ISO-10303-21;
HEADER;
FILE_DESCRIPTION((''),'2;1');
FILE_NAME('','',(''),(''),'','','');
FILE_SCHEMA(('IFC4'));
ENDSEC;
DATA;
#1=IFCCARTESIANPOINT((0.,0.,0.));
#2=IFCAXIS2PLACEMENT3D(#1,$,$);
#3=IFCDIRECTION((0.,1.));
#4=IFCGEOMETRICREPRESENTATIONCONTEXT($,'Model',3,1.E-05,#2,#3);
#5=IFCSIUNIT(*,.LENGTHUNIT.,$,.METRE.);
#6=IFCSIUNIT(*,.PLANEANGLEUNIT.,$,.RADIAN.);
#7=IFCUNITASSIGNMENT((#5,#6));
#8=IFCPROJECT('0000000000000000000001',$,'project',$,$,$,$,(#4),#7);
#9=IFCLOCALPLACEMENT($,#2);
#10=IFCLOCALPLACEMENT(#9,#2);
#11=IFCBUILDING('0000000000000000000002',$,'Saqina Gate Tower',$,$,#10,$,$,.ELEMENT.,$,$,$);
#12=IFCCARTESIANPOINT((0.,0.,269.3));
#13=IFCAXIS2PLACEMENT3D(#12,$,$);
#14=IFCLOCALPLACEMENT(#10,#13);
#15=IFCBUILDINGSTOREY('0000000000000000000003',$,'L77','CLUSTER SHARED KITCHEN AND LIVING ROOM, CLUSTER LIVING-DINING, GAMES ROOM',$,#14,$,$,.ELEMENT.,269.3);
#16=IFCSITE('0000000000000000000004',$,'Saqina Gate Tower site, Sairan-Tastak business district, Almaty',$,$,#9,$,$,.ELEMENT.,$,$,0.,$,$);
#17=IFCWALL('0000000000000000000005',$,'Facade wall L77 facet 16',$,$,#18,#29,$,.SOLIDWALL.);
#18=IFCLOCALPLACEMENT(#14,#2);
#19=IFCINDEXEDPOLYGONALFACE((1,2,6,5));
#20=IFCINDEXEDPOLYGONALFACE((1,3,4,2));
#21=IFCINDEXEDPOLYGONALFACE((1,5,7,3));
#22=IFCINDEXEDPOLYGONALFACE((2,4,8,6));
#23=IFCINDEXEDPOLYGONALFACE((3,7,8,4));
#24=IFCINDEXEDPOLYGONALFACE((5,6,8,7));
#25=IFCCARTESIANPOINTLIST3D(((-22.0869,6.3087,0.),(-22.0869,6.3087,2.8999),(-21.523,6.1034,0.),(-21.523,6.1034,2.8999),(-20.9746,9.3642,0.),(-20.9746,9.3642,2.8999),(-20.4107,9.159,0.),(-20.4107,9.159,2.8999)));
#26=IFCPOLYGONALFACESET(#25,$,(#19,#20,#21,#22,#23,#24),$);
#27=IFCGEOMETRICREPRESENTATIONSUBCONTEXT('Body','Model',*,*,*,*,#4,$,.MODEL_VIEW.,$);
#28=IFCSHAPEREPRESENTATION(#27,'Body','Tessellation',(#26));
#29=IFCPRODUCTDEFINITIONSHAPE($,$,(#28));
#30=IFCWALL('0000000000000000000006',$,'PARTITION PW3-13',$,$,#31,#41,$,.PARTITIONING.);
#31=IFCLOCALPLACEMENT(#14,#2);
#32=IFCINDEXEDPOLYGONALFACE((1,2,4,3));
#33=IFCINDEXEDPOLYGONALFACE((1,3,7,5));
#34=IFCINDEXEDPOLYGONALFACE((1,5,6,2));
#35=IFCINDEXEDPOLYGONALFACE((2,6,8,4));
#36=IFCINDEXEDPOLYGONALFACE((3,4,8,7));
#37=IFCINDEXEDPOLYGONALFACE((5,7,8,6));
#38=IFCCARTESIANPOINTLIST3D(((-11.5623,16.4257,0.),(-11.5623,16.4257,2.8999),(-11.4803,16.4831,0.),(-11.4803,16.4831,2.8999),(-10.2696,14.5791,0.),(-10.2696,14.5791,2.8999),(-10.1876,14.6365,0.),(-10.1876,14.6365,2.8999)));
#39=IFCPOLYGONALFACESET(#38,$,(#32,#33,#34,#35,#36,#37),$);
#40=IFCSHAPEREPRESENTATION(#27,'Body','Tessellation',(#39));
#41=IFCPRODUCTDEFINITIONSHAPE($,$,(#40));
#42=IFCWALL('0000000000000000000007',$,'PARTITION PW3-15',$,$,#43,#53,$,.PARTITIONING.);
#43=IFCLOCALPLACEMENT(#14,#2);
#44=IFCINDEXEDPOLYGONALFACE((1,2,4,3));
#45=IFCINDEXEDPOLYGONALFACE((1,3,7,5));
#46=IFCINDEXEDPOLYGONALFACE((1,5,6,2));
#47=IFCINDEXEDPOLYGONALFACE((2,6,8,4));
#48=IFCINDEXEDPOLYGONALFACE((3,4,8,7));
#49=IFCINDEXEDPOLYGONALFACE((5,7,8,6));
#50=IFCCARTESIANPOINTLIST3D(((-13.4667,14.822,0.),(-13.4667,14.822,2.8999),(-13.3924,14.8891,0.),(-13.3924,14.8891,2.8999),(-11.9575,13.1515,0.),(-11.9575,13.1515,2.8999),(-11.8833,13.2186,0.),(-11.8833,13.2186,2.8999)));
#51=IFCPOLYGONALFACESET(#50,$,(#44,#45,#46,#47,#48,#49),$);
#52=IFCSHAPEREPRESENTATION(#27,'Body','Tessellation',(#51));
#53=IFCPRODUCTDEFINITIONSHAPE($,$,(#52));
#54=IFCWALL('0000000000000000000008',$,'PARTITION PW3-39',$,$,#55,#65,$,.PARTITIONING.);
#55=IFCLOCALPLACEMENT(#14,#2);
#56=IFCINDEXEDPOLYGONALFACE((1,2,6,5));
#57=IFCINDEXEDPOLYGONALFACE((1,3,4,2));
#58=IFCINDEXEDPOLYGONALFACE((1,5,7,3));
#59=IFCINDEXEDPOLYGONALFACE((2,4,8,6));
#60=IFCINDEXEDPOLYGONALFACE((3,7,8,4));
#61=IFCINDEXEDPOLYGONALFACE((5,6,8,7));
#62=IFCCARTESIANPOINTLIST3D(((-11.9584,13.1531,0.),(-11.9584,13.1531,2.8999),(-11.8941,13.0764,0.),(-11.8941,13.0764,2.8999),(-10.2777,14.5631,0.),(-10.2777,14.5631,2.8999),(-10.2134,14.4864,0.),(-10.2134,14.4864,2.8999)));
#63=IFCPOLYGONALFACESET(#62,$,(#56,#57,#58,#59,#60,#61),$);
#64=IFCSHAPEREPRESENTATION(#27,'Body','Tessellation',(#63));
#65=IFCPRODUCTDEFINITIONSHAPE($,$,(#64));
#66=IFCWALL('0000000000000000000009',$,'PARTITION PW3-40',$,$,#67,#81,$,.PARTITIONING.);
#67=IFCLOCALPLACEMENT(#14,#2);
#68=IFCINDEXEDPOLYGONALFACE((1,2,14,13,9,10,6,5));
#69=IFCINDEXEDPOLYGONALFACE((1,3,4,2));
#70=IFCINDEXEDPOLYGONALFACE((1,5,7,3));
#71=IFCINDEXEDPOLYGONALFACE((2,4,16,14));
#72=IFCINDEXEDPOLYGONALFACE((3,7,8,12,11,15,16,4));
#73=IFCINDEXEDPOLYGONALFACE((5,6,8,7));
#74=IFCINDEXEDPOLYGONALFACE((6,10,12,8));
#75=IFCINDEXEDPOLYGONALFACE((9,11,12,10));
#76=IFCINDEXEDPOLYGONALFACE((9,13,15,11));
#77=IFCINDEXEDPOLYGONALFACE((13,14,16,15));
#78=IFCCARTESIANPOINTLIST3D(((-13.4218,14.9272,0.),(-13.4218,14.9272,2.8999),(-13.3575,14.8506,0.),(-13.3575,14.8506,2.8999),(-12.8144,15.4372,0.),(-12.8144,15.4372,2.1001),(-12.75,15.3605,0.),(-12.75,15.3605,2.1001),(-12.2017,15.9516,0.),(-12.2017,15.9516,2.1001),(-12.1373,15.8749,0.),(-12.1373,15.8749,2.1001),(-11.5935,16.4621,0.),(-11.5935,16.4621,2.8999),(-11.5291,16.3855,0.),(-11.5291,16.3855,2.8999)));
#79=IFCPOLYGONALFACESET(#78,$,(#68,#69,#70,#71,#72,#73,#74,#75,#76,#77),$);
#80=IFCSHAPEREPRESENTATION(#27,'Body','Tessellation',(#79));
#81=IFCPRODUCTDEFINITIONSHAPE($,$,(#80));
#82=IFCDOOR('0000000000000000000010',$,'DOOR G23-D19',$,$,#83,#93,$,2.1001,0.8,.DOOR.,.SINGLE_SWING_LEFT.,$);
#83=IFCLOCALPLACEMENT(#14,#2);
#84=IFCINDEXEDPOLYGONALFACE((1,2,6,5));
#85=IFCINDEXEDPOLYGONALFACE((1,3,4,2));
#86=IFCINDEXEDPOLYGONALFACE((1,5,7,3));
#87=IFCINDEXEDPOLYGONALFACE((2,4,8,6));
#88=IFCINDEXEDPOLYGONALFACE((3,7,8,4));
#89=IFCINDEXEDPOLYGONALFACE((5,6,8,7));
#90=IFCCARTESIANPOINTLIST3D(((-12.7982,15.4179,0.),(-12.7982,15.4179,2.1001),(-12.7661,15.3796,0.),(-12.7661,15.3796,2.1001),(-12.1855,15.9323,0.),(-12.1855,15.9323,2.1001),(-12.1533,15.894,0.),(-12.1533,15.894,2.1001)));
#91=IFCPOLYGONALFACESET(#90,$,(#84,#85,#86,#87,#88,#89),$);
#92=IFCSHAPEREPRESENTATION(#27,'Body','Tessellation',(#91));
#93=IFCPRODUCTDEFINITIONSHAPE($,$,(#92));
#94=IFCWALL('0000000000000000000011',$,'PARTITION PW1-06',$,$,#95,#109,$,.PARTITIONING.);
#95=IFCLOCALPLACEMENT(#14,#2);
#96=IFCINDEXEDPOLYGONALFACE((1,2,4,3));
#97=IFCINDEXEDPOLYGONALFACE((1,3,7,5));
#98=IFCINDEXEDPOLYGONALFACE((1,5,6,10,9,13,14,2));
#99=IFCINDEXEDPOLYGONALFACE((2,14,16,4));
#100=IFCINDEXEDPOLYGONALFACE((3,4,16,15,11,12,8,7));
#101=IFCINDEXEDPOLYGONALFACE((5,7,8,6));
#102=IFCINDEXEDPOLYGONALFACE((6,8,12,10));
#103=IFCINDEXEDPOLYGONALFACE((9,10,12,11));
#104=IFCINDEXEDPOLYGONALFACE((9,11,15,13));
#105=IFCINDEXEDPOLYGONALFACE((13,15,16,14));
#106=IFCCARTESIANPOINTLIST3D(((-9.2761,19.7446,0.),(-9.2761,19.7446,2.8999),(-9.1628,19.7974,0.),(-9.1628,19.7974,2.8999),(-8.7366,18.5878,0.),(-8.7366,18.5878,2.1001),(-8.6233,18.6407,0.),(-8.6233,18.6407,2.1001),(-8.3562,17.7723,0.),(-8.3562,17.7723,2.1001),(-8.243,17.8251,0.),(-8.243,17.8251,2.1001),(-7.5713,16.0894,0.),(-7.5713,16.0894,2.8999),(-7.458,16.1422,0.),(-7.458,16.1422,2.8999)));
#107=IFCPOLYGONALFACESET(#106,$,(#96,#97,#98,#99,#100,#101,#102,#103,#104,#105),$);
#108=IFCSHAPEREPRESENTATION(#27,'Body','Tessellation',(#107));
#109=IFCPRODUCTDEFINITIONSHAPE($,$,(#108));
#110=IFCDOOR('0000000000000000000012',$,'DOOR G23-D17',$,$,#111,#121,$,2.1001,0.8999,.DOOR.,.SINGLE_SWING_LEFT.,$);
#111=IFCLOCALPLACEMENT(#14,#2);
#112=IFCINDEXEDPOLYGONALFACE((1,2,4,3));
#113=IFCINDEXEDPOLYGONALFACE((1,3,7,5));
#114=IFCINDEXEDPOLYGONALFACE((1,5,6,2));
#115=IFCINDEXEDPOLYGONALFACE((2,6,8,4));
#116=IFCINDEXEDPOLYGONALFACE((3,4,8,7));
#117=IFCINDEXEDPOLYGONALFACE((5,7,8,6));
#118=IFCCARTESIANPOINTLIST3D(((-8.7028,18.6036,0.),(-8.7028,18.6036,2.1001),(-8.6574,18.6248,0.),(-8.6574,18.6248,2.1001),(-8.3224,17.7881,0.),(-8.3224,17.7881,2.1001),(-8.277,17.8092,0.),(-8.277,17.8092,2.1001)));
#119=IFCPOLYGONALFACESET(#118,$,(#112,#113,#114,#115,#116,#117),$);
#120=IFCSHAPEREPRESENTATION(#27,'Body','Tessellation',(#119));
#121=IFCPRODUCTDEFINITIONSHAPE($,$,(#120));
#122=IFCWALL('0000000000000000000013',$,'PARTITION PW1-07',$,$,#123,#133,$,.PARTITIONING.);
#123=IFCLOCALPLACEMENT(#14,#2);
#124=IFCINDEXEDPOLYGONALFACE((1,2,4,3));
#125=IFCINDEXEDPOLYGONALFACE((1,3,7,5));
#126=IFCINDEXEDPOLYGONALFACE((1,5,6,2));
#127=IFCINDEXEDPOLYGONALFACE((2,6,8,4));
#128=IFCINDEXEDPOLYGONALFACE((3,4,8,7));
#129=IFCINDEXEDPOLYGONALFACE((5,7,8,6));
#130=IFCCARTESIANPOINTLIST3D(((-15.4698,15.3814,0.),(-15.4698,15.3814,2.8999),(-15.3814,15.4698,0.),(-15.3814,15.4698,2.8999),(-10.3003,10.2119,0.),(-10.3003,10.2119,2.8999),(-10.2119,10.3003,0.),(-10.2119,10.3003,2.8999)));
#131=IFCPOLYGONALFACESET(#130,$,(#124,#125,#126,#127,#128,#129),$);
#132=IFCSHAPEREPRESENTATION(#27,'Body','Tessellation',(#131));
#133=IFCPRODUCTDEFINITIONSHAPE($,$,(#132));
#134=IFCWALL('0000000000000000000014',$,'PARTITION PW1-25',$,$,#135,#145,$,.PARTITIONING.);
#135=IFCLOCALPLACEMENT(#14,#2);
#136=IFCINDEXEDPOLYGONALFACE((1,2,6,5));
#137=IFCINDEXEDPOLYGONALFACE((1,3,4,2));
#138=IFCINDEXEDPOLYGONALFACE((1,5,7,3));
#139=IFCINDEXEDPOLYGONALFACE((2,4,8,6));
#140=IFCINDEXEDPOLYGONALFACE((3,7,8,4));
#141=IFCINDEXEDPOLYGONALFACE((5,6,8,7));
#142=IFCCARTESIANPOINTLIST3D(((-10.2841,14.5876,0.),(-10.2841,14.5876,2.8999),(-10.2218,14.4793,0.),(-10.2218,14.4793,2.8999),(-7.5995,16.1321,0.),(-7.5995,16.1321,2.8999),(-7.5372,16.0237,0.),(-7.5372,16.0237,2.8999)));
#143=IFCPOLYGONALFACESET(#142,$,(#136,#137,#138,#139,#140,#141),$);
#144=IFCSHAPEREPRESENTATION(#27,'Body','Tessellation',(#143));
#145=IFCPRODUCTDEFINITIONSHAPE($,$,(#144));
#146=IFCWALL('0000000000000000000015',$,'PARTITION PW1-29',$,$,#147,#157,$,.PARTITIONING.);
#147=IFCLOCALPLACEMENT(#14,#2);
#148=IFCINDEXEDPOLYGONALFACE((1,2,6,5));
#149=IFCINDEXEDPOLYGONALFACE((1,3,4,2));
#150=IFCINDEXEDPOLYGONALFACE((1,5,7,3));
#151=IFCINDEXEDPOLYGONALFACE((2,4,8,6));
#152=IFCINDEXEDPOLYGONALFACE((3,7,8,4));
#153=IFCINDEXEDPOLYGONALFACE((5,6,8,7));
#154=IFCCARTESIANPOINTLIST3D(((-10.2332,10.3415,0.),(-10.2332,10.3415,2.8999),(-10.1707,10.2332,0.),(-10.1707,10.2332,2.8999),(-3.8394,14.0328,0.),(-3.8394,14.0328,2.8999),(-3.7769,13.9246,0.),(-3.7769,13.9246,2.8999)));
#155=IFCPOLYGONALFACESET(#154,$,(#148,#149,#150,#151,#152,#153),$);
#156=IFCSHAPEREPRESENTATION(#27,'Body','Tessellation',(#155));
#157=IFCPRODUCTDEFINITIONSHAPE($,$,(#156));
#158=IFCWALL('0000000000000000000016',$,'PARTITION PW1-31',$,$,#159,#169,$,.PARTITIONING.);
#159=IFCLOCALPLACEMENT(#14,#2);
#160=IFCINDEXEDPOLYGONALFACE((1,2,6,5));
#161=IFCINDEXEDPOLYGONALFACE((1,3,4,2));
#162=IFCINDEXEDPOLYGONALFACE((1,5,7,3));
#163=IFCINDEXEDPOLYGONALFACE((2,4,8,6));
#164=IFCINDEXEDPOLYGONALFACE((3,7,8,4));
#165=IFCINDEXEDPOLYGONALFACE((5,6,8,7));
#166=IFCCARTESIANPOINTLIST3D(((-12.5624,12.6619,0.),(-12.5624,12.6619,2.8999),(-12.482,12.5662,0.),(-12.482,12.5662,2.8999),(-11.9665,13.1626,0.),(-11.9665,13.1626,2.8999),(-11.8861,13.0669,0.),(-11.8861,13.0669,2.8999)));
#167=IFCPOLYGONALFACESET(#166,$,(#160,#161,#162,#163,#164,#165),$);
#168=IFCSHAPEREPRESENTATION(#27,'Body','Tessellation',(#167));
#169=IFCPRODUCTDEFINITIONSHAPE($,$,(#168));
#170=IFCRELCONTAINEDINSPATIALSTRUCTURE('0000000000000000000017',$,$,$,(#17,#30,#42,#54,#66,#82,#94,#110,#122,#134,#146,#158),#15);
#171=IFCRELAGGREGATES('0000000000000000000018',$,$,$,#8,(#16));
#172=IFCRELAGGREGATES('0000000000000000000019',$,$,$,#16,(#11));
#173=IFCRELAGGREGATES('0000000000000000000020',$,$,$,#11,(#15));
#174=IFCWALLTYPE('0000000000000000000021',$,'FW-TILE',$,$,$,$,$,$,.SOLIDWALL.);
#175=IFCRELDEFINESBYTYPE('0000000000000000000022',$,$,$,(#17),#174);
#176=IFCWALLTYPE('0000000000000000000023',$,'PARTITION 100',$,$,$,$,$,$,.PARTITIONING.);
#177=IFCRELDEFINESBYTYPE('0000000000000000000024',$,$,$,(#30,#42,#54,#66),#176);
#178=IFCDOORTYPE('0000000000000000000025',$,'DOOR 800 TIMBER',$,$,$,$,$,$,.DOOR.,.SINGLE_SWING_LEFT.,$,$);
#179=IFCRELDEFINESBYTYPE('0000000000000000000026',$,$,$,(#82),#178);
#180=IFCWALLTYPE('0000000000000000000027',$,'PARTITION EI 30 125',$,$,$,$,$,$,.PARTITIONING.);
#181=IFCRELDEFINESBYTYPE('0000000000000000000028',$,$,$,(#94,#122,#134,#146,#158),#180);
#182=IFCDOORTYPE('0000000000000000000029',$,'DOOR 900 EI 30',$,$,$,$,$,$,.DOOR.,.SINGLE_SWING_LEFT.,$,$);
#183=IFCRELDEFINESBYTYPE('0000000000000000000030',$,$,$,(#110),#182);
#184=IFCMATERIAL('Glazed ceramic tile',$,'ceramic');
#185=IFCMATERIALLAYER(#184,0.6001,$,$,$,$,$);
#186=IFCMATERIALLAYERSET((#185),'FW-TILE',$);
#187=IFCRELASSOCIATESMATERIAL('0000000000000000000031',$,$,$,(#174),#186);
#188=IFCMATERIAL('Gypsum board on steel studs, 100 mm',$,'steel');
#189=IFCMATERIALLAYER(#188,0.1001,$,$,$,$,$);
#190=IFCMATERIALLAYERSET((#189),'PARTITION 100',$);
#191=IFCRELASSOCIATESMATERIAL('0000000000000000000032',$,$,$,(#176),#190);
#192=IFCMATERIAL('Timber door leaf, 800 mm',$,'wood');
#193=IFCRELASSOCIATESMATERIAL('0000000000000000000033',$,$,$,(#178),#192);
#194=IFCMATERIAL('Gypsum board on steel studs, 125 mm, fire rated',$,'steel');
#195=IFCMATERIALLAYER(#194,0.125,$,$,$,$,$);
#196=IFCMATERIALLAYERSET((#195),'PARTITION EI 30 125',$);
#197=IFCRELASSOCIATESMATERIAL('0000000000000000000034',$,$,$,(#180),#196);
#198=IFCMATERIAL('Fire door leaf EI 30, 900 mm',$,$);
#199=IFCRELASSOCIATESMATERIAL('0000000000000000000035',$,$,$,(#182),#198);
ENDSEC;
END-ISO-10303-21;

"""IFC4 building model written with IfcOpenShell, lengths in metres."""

from ifc_helpers import new_model, si_unit, direction, frame, frame_2d, origin, place, context, subcontext, project, spatial, rectangle, extrude, material, layer, layer_set, type_object, element, fill, save


model = new_model("IFC4")

# Units and contexts
model_context = context("Model", 3, precision=1e-05, world=origin(), true_north=direction((0.0, 1.0)))
body_context = subcontext(model_context, "Body", "Model", "MODEL_VIEW")
ifc_project = project(units=[si_unit("LENGTHUNIT", "METRE"), si_unit("PLANEANGLEUNIT", "RADIAN")], contexts=[model_context])

# Site, building, storey
site_placement = place(None, origin())
site = spatial("IfcSite", under=ifc_project, at=site_placement, Name="Saqina Gate Tower site, Sairan-Tastak business district, Almaty", CompositionType="ELEMENT", RefElevation=0.0)
building_placement = place(site_placement, origin())
building = spatial("IfcBuilding", under=site, at=building_placement, Name="Saqina Gate Tower", CompositionType="ELEMENT")
storey_placement = place(building_placement, frame((0.0, 0.0, 269.3)))
storey = spatial("IfcBuildingStorey", under=building, at=storey_placement, Name="L77", Description="CLUSTER SHARED KITCHEN AND LIVING ROOM, CLUSTER LIVING-DINING, GAMES ROOM", CompositionType="ELEMENT", Elevation=269.3)

# Walls
ifc_material_1 = material(Name="Glazed ceramic tile", Category="ceramic")
ifc_layer_1 = layer(ifc_material_1, 0.6001)
ifc_layer_set_1 = layer_set([ifc_layer_1], Name="FW-TILE")
wall_type_1 = type_object("IfcWallType", Name="FW-TILE", PredefinedType="SOLIDWALL", material=ifc_layer_set_1)
wall_1_placement = place(storey_placement, frame((-20.6926, 9.2617, 0.0), z_axis=(0.0, 0.0, 1.0), x_axis=(-0.342057, -0.939679, 0.0)))
element("IfcWall", 1, at=wall_1_placement, inside=storey, type_object=wall_type_1, Name="Facade wall L77 facet 16", PredefinedType="SOLIDWALL", context=body_context, shape_type="SweptSolid", body=[
    extrude(rectangle(XDim=3.2517, YDim=0.6001, at=frame_2d((1.626, 0.0))), origin(), (0.0, 0.0, 1.0), 2.8999),
])
ifc_material_2 = material(Name="Gypsum board on steel studs, 100 mm", Category="steel")
ifc_layer_2 = layer(ifc_material_2, 0.1001)
ifc_layer_set_2 = layer_set([ifc_layer_2], Name="PARTITION 100")
wall_type_2 = type_object("IfcWallType", Name="PARTITION 100", PredefinedType="PARTITIONING", material=ifc_layer_set_2)
wall_2_placement = place(storey_placement, frame((-11.5212, 16.4543, 0.0), z_axis=(0.0, 0.0, 1.0), x_axis=(0.573477, -0.819222, 0.0)))
element("IfcWall", 2, at=wall_2_placement, inside=storey, type_object=wall_type_2, Name="PARTITION PW3-13", PredefinedType="PARTITIONING", context=body_context, shape_type="SweptSolid", body=[
    extrude(rectangle(XDim=2.2542, YDim=0.1001, at=frame_2d((1.127, 0.0))), origin(), (0.0, 0.0, 1.0), 2.8999),
])
wall_3_placement = place(storey_placement, frame((-13.4294, 14.8555, 0.0), z_axis=(0.0, 0.0, 1.0), x_axis=(0.670354, -0.742042, 0.0)))
element("IfcWall", 3, at=wall_3_placement, inside=storey, type_object=wall_type_2, Name="PARTITION PW3-15", PredefinedType="PARTITIONING", context=body_context, shape_type="SweptSolid", body=[
    extrude(rectangle(XDim=2.2512, YDim=0.1001, at=frame_2d((1.1255, 0.0))), origin(), (0.0, 0.0, 1.0), 2.8999),
])
wall_4_placement = place(storey_placement, frame((-11.9263, 13.1147, 0.0), z_axis=(0.0, 0.0, 1.0), x_axis=(0.766119, 0.642699, 0.0)))
element("IfcWall", 4, at=wall_4_placement, inside=storey, type_object=wall_type_2, Name="PARTITION PW3-39", PredefinedType="PARTITIONING", context=body_context, shape_type="SweptSolid", body=[
    extrude(rectangle(XDim=2.1938, YDim=0.1001, at=frame_2d((1.0969, 0.0))), origin(), (0.0, 0.0, 1.0), 2.8999),
])

# Walls, openings, doors
wall_5_placement = place(storey_placement, frame((-13.3896, 14.8889, 0.0), z_axis=(0.0, 0.0, 1.0), x_axis=(0.765894, 0.642967, 0.0)))
wall_5 = element("IfcWall", 5, at=wall_5_placement, inside=storey, type_object=wall_type_2, Name="PARTITION PW3-40", PredefinedType="PARTITIONING", context=body_context, shape_type="SweptSolid", body=[
    extrude(rectangle(XDim=2.3872, YDim=0.1001, at=frame_2d((1.1936, 0.0))), origin(), (0.0, 0.0, 1.0), 2.8999),
])
opening_1_placement = place(wall_5_placement, frame((0.7932, 0.0, 0.0)))
opening_1 = element("IfcOpeningElement", 6, at=opening_1_placement, cuts=wall_5, PredefinedType="OPENING", context=body_context, shape_type="SweptSolid", body=[
    extrude(rectangle(XDim=0.8, YDim=2.1001, at=frame_2d((0.3999, 1.05))), frame((0.0, 0.062, 0.0), z_axis=(0.0, -1.0, 0.0), x_axis=(1.0, 0.0, 0.0)), (0.0, 0.0, 1.0), 0.124),
])
ifc_material_3 = material(Name="Timber door leaf, 800 mm", Category="wood")
door_type_1 = type_object("IfcDoorType", Name="DOOR 800 TIMBER", OperationType="SINGLE_SWING_LEFT", PredefinedType="DOOR", material=ifc_material_3)
door_1_placement = place(opening_1_placement, origin())
door_1 = element("IfcDoor", 7, at=door_1_placement, inside=storey, type_object=door_type_1, Name="DOOR G23-D19", OperationType="SINGLE_SWING_LEFT", OverallHeight=2.1001, OverallWidth=0.8, PredefinedType="DOOR", context=body_context, shape_type="SweptSolid", body=[
    extrude(rectangle(XDim=0.8, YDim=2.1001, at=frame_2d((0.3999, 1.05))), frame((0.0, 0.0249, 0.0), z_axis=(0.0, -1.0, 0.0), x_axis=(1.0, 0.0, 0.0)), (0.0, 0.0, 1.0), 0.05),
])
fill(opening_1, door_1)
ifc_material_4 = material(Name="Gypsum board on steel studs, 125 mm, fire rated", Category="steel")
ifc_layer_3 = layer(ifc_material_4, 0.125)
ifc_layer_set_3 = layer_set([ifc_layer_3], Name="PARTITION EI 30 125")
wall_type_3 = type_object("IfcWallType", Name="PARTITION EI 30 125", PredefinedType="PARTITIONING", material=ifc_layer_set_3)
wall_6_placement = place(storey_placement, frame((-9.2195, 19.771, 0.0), z_axis=(0.0, 0.0, 1.0), x_axis=(0.42269, -0.906274, 0.0)))
wall_6 = element("IfcWall", 8, at=wall_6_placement, inside=storey, type_object=wall_type_3, Name="PARTITION PW1-06", PredefinedType="PARTITIONING", context=body_context, shape_type="SweptSolid", body=[
    extrude(rectangle(XDim=4.0332, YDim=0.125, at=frame_2d((2.0166, 0.0))), origin(), (0.0, 0.0, 1.0), 2.8999),
])
opening_2_placement = place(wall_6_placement, frame((1.2764, 0.0, 0.0)))
opening_2 = element("IfcOpeningElement", 9, at=opening_2_placement, cuts=wall_6, PredefinedType="OPENING", context=body_context, shape_type="SweptSolid", body=[
    extrude(rectangle(XDim=0.8999, YDim=2.1001, at=frame_2d((0.45, 1.05))), frame((0.0, 0.0745, 0.0), z_axis=(0.0, -1.0, 0.0), x_axis=(1.0, 0.0, 0.0)), (0.0, 0.0, 1.0), 0.1489),
])
ifc_material_5 = material(Name="Fire door leaf EI 30, 900 mm")
door_type_2 = type_object("IfcDoorType", Name="DOOR 900 EI 30", OperationType="SINGLE_SWING_LEFT", PredefinedType="DOOR", material=ifc_material_5)
door_2_placement = place(opening_2_placement, origin())
door_2 = element("IfcDoor", 10, at=door_2_placement, inside=storey, type_object=door_type_2, Name="DOOR G23-D17", OperationType="SINGLE_SWING_LEFT", OverallHeight=2.1001, OverallWidth=0.8999, PredefinedType="DOOR", context=body_context, shape_type="SweptSolid", body=[
    extrude(rectangle(XDim=0.8999, YDim=2.1001, at=frame_2d((0.45, 1.05))), frame((0.0, 0.0249, 0.0), z_axis=(0.0, -1.0, 0.0), x_axis=(1.0, 0.0, 0.0)), (0.0, 0.0, 1.0), 0.05),
])
fill(opening_2, door_2)

# Walls
wall_7_placement = place(storey_placement, frame((-15.4255, 15.4255, 0.0), z_axis=(0.0, 0.0, 1.0), x_axis=(0.707107, -0.707107, 0.0)))
element("IfcWall", 11, at=wall_7_placement, inside=storey, type_object=wall_type_3, Name="PARTITION PW1-07", PredefinedType="PARTITIONING", context=body_context, shape_type="SweptSolid", body=[
    extrude(rectangle(XDim=7.3108, YDim=0.125, at=frame_2d((3.6553, 0.0))), origin(), (0.0, 0.0, 1.0), 2.8999),
])
wall_8_placement = place(storey_placement, frame((-10.2529, 14.5334, 0.0), z_axis=(0.0, 0.0, 1.0), x_axis=(0.866794, 0.498667, 0.0)))
element("IfcWall", 12, at=wall_8_placement, inside=storey, type_object=wall_type_3, Name="PARTITION PW1-25", PredefinedType="PARTITIONING", context=body_context, shape_type="SweptSolid", body=[
    extrude(rectangle(XDim=3.0972, YDim=0.125, at=frame_2d((1.5486, 0.0))), origin(), (0.0, 0.0, 1.0), 2.8999),
])
wall_9_placement = place(storey_placement, frame((-10.2019, 10.2874, 0.0), z_axis=(0.0, 0.0, 1.0), x_axis=(0.866029, 0.499994, 0.0)))
element("IfcWall", 13, at=wall_9_placement, inside=storey, type_object=wall_type_3, Name="PARTITION PW1-29", PredefinedType="PARTITIONING", context=body_context, shape_type="SweptSolid", body=[
    extrude(rectangle(XDim=7.3828, YDim=0.125, at=frame_2d((3.6914, 0.0))), origin(), (0.0, 0.0, 1.0), 2.8999),
])
wall_10_placement = place(storey_placement, frame((-12.5222, 12.614, 0.0), z_axis=(0.0, 0.0, 1.0), x_axis=(0.765618, 0.643295, 0.0)))
element("IfcWall", 14, at=wall_10_placement, inside=storey, type_object=wall_type_3, Name="PARTITION PW1-31", PredefinedType="PARTITIONING", context=body_context, shape_type="SweptSolid", body=[
    extrude(rectangle(XDim=0.7783, YDim=0.125, at=frame_2d((0.3892, 0.0))), origin(), (0.0, 0.0, 1.0), 2.8999),
])

save(model, "model.ifc")
